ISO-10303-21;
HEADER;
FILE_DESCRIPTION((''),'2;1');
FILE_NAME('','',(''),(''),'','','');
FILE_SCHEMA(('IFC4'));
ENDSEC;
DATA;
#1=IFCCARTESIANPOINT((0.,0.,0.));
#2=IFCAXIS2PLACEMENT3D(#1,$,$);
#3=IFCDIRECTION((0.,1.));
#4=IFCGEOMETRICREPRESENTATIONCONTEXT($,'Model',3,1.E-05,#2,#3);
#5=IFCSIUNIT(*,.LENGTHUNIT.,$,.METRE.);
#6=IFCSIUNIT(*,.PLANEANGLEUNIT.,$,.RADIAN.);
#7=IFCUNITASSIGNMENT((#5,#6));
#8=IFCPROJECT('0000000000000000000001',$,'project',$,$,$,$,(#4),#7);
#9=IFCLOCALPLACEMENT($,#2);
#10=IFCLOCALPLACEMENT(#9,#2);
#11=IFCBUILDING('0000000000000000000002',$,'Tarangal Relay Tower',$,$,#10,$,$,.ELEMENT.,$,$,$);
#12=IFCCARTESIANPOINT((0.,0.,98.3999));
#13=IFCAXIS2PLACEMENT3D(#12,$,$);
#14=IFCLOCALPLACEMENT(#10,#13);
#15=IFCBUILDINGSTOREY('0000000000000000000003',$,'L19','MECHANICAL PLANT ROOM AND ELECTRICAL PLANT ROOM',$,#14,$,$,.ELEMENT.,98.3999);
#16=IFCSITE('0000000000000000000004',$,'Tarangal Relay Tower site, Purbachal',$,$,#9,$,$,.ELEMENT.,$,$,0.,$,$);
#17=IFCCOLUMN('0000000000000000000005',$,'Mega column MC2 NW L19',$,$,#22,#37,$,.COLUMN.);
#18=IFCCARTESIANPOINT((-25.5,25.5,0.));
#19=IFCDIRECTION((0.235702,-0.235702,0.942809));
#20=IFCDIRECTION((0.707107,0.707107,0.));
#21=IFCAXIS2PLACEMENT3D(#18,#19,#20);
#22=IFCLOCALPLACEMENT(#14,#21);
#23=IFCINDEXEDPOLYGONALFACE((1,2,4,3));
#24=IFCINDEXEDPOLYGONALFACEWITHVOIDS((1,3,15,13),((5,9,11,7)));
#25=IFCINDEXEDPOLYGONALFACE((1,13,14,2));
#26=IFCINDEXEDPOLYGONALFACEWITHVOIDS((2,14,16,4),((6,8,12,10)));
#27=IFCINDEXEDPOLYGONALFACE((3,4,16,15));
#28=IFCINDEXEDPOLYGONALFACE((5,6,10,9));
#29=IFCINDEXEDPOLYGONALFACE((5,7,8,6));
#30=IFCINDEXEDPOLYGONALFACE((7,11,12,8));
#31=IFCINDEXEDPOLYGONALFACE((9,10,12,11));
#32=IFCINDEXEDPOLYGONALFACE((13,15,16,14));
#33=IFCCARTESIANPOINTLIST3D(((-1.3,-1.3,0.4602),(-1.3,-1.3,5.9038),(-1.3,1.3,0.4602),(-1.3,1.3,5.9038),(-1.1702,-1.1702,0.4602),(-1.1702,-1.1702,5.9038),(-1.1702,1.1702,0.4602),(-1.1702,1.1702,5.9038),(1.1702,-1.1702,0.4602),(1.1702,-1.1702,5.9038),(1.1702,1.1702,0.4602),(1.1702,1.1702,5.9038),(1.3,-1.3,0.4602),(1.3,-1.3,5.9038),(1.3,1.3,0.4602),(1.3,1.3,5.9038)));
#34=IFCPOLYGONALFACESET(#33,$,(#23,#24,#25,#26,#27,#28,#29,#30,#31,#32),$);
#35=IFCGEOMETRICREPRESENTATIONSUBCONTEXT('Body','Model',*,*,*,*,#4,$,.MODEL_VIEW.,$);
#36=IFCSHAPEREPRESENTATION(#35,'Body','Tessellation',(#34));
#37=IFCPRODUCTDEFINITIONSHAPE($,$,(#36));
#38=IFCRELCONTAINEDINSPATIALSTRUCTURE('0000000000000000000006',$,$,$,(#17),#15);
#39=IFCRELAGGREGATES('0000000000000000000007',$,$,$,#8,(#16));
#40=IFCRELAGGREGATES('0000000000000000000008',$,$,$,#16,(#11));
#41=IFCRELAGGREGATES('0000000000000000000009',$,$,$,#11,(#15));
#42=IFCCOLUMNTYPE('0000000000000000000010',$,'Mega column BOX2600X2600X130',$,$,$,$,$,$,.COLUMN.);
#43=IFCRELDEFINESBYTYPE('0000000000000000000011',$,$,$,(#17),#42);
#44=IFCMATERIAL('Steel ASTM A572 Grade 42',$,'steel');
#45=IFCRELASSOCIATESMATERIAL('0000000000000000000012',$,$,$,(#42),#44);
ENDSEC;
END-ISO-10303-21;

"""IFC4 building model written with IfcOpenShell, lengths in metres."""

from ifc_helpers import new_model, si_unit, direction, frame, origin, origin_2d, place, context, subcontext, project, spatial, hollow_rectangle, extrude, clip, halfspace, material, material_profile, profile_set, type_object, element, save


model = new_model("IFC4")

# Units and contexts
model_context = context("Model", 3, precision=1e-05, world=origin(), true_north=direction((0.0, 1.0)))
body_context = subcontext(model_context, "Body", "Model", "MODEL_VIEW")
ifc_project = project(units=[si_unit("LENGTHUNIT", "METRE"), si_unit("PLANEANGLEUNIT", "RADIAN")], contexts=[model_context])

# Site, building, storey
site_placement = place(None, origin())
site = spatial("IfcSite", under=ifc_project, at=site_placement, Name="Tarangal Relay Tower site, Purbachal", CompositionType="ELEMENT", RefElevation=0.0)
building_placement = place(site_placement, origin())
building = spatial("IfcBuilding", under=site, at=building_placement, Name="Tarangal Relay Tower", CompositionType="ELEMENT")
storey_placement = place(building_placement, frame((0.0, 0.0, 98.3999)))
storey = spatial("IfcBuildingStorey", under=building, at=storey_placement, Name="L19", Description="MECHANICAL PLANT ROOM AND ELECTRICAL PLANT ROOM", CompositionType="ELEMENT", Elevation=98.3999)

# Column
ifc_material_1 = material(Name="Steel ASTM A572 Grade 42", Category="steel")
ifc_material_profile_1 = material_profile(ifc_material_1, hollow_rectangle(XDim=2.6001, YDim=2.6001, WallThickness=0.1299, at=origin_2d()), Name="BOX2600X2600X130")
ifc_profile_set_1 = profile_set([ifc_material_profile_1], Name="Steel ASTM A572 Grade 42")
column_type = type_object("IfcColumnType", Name="Mega column BOX2600X2600X130", PredefinedType="COLUMN", material=ifc_profile_set_1)
column_placement = place(storey_placement, frame((-25.5, 25.5, 0.0), z_axis=(0.235702, -0.235702, 0.942809), x_axis=(0.707107, 0.707107, 0.0)))
element("IfcColumn", 1, at=column_placement, inside=storey, type_object=column_type, Name="Mega column MC2 NW L19", PredefinedType="COLUMN", context=body_context, shape_type="Clipping", body=[
    clip(clip(extrude(hollow_rectangle(XDim=2.6001, YDim=2.6001, WallThickness=0.1299, at=origin_2d()), origin(), (0.0, 0.0, 1.0), 6.364), halfspace(frame((0.0, 0.0, 0.4602)), True)), halfspace(frame((0.0, 0.0, 5.9038)), False)),
])

save(model, "model.ifc")
